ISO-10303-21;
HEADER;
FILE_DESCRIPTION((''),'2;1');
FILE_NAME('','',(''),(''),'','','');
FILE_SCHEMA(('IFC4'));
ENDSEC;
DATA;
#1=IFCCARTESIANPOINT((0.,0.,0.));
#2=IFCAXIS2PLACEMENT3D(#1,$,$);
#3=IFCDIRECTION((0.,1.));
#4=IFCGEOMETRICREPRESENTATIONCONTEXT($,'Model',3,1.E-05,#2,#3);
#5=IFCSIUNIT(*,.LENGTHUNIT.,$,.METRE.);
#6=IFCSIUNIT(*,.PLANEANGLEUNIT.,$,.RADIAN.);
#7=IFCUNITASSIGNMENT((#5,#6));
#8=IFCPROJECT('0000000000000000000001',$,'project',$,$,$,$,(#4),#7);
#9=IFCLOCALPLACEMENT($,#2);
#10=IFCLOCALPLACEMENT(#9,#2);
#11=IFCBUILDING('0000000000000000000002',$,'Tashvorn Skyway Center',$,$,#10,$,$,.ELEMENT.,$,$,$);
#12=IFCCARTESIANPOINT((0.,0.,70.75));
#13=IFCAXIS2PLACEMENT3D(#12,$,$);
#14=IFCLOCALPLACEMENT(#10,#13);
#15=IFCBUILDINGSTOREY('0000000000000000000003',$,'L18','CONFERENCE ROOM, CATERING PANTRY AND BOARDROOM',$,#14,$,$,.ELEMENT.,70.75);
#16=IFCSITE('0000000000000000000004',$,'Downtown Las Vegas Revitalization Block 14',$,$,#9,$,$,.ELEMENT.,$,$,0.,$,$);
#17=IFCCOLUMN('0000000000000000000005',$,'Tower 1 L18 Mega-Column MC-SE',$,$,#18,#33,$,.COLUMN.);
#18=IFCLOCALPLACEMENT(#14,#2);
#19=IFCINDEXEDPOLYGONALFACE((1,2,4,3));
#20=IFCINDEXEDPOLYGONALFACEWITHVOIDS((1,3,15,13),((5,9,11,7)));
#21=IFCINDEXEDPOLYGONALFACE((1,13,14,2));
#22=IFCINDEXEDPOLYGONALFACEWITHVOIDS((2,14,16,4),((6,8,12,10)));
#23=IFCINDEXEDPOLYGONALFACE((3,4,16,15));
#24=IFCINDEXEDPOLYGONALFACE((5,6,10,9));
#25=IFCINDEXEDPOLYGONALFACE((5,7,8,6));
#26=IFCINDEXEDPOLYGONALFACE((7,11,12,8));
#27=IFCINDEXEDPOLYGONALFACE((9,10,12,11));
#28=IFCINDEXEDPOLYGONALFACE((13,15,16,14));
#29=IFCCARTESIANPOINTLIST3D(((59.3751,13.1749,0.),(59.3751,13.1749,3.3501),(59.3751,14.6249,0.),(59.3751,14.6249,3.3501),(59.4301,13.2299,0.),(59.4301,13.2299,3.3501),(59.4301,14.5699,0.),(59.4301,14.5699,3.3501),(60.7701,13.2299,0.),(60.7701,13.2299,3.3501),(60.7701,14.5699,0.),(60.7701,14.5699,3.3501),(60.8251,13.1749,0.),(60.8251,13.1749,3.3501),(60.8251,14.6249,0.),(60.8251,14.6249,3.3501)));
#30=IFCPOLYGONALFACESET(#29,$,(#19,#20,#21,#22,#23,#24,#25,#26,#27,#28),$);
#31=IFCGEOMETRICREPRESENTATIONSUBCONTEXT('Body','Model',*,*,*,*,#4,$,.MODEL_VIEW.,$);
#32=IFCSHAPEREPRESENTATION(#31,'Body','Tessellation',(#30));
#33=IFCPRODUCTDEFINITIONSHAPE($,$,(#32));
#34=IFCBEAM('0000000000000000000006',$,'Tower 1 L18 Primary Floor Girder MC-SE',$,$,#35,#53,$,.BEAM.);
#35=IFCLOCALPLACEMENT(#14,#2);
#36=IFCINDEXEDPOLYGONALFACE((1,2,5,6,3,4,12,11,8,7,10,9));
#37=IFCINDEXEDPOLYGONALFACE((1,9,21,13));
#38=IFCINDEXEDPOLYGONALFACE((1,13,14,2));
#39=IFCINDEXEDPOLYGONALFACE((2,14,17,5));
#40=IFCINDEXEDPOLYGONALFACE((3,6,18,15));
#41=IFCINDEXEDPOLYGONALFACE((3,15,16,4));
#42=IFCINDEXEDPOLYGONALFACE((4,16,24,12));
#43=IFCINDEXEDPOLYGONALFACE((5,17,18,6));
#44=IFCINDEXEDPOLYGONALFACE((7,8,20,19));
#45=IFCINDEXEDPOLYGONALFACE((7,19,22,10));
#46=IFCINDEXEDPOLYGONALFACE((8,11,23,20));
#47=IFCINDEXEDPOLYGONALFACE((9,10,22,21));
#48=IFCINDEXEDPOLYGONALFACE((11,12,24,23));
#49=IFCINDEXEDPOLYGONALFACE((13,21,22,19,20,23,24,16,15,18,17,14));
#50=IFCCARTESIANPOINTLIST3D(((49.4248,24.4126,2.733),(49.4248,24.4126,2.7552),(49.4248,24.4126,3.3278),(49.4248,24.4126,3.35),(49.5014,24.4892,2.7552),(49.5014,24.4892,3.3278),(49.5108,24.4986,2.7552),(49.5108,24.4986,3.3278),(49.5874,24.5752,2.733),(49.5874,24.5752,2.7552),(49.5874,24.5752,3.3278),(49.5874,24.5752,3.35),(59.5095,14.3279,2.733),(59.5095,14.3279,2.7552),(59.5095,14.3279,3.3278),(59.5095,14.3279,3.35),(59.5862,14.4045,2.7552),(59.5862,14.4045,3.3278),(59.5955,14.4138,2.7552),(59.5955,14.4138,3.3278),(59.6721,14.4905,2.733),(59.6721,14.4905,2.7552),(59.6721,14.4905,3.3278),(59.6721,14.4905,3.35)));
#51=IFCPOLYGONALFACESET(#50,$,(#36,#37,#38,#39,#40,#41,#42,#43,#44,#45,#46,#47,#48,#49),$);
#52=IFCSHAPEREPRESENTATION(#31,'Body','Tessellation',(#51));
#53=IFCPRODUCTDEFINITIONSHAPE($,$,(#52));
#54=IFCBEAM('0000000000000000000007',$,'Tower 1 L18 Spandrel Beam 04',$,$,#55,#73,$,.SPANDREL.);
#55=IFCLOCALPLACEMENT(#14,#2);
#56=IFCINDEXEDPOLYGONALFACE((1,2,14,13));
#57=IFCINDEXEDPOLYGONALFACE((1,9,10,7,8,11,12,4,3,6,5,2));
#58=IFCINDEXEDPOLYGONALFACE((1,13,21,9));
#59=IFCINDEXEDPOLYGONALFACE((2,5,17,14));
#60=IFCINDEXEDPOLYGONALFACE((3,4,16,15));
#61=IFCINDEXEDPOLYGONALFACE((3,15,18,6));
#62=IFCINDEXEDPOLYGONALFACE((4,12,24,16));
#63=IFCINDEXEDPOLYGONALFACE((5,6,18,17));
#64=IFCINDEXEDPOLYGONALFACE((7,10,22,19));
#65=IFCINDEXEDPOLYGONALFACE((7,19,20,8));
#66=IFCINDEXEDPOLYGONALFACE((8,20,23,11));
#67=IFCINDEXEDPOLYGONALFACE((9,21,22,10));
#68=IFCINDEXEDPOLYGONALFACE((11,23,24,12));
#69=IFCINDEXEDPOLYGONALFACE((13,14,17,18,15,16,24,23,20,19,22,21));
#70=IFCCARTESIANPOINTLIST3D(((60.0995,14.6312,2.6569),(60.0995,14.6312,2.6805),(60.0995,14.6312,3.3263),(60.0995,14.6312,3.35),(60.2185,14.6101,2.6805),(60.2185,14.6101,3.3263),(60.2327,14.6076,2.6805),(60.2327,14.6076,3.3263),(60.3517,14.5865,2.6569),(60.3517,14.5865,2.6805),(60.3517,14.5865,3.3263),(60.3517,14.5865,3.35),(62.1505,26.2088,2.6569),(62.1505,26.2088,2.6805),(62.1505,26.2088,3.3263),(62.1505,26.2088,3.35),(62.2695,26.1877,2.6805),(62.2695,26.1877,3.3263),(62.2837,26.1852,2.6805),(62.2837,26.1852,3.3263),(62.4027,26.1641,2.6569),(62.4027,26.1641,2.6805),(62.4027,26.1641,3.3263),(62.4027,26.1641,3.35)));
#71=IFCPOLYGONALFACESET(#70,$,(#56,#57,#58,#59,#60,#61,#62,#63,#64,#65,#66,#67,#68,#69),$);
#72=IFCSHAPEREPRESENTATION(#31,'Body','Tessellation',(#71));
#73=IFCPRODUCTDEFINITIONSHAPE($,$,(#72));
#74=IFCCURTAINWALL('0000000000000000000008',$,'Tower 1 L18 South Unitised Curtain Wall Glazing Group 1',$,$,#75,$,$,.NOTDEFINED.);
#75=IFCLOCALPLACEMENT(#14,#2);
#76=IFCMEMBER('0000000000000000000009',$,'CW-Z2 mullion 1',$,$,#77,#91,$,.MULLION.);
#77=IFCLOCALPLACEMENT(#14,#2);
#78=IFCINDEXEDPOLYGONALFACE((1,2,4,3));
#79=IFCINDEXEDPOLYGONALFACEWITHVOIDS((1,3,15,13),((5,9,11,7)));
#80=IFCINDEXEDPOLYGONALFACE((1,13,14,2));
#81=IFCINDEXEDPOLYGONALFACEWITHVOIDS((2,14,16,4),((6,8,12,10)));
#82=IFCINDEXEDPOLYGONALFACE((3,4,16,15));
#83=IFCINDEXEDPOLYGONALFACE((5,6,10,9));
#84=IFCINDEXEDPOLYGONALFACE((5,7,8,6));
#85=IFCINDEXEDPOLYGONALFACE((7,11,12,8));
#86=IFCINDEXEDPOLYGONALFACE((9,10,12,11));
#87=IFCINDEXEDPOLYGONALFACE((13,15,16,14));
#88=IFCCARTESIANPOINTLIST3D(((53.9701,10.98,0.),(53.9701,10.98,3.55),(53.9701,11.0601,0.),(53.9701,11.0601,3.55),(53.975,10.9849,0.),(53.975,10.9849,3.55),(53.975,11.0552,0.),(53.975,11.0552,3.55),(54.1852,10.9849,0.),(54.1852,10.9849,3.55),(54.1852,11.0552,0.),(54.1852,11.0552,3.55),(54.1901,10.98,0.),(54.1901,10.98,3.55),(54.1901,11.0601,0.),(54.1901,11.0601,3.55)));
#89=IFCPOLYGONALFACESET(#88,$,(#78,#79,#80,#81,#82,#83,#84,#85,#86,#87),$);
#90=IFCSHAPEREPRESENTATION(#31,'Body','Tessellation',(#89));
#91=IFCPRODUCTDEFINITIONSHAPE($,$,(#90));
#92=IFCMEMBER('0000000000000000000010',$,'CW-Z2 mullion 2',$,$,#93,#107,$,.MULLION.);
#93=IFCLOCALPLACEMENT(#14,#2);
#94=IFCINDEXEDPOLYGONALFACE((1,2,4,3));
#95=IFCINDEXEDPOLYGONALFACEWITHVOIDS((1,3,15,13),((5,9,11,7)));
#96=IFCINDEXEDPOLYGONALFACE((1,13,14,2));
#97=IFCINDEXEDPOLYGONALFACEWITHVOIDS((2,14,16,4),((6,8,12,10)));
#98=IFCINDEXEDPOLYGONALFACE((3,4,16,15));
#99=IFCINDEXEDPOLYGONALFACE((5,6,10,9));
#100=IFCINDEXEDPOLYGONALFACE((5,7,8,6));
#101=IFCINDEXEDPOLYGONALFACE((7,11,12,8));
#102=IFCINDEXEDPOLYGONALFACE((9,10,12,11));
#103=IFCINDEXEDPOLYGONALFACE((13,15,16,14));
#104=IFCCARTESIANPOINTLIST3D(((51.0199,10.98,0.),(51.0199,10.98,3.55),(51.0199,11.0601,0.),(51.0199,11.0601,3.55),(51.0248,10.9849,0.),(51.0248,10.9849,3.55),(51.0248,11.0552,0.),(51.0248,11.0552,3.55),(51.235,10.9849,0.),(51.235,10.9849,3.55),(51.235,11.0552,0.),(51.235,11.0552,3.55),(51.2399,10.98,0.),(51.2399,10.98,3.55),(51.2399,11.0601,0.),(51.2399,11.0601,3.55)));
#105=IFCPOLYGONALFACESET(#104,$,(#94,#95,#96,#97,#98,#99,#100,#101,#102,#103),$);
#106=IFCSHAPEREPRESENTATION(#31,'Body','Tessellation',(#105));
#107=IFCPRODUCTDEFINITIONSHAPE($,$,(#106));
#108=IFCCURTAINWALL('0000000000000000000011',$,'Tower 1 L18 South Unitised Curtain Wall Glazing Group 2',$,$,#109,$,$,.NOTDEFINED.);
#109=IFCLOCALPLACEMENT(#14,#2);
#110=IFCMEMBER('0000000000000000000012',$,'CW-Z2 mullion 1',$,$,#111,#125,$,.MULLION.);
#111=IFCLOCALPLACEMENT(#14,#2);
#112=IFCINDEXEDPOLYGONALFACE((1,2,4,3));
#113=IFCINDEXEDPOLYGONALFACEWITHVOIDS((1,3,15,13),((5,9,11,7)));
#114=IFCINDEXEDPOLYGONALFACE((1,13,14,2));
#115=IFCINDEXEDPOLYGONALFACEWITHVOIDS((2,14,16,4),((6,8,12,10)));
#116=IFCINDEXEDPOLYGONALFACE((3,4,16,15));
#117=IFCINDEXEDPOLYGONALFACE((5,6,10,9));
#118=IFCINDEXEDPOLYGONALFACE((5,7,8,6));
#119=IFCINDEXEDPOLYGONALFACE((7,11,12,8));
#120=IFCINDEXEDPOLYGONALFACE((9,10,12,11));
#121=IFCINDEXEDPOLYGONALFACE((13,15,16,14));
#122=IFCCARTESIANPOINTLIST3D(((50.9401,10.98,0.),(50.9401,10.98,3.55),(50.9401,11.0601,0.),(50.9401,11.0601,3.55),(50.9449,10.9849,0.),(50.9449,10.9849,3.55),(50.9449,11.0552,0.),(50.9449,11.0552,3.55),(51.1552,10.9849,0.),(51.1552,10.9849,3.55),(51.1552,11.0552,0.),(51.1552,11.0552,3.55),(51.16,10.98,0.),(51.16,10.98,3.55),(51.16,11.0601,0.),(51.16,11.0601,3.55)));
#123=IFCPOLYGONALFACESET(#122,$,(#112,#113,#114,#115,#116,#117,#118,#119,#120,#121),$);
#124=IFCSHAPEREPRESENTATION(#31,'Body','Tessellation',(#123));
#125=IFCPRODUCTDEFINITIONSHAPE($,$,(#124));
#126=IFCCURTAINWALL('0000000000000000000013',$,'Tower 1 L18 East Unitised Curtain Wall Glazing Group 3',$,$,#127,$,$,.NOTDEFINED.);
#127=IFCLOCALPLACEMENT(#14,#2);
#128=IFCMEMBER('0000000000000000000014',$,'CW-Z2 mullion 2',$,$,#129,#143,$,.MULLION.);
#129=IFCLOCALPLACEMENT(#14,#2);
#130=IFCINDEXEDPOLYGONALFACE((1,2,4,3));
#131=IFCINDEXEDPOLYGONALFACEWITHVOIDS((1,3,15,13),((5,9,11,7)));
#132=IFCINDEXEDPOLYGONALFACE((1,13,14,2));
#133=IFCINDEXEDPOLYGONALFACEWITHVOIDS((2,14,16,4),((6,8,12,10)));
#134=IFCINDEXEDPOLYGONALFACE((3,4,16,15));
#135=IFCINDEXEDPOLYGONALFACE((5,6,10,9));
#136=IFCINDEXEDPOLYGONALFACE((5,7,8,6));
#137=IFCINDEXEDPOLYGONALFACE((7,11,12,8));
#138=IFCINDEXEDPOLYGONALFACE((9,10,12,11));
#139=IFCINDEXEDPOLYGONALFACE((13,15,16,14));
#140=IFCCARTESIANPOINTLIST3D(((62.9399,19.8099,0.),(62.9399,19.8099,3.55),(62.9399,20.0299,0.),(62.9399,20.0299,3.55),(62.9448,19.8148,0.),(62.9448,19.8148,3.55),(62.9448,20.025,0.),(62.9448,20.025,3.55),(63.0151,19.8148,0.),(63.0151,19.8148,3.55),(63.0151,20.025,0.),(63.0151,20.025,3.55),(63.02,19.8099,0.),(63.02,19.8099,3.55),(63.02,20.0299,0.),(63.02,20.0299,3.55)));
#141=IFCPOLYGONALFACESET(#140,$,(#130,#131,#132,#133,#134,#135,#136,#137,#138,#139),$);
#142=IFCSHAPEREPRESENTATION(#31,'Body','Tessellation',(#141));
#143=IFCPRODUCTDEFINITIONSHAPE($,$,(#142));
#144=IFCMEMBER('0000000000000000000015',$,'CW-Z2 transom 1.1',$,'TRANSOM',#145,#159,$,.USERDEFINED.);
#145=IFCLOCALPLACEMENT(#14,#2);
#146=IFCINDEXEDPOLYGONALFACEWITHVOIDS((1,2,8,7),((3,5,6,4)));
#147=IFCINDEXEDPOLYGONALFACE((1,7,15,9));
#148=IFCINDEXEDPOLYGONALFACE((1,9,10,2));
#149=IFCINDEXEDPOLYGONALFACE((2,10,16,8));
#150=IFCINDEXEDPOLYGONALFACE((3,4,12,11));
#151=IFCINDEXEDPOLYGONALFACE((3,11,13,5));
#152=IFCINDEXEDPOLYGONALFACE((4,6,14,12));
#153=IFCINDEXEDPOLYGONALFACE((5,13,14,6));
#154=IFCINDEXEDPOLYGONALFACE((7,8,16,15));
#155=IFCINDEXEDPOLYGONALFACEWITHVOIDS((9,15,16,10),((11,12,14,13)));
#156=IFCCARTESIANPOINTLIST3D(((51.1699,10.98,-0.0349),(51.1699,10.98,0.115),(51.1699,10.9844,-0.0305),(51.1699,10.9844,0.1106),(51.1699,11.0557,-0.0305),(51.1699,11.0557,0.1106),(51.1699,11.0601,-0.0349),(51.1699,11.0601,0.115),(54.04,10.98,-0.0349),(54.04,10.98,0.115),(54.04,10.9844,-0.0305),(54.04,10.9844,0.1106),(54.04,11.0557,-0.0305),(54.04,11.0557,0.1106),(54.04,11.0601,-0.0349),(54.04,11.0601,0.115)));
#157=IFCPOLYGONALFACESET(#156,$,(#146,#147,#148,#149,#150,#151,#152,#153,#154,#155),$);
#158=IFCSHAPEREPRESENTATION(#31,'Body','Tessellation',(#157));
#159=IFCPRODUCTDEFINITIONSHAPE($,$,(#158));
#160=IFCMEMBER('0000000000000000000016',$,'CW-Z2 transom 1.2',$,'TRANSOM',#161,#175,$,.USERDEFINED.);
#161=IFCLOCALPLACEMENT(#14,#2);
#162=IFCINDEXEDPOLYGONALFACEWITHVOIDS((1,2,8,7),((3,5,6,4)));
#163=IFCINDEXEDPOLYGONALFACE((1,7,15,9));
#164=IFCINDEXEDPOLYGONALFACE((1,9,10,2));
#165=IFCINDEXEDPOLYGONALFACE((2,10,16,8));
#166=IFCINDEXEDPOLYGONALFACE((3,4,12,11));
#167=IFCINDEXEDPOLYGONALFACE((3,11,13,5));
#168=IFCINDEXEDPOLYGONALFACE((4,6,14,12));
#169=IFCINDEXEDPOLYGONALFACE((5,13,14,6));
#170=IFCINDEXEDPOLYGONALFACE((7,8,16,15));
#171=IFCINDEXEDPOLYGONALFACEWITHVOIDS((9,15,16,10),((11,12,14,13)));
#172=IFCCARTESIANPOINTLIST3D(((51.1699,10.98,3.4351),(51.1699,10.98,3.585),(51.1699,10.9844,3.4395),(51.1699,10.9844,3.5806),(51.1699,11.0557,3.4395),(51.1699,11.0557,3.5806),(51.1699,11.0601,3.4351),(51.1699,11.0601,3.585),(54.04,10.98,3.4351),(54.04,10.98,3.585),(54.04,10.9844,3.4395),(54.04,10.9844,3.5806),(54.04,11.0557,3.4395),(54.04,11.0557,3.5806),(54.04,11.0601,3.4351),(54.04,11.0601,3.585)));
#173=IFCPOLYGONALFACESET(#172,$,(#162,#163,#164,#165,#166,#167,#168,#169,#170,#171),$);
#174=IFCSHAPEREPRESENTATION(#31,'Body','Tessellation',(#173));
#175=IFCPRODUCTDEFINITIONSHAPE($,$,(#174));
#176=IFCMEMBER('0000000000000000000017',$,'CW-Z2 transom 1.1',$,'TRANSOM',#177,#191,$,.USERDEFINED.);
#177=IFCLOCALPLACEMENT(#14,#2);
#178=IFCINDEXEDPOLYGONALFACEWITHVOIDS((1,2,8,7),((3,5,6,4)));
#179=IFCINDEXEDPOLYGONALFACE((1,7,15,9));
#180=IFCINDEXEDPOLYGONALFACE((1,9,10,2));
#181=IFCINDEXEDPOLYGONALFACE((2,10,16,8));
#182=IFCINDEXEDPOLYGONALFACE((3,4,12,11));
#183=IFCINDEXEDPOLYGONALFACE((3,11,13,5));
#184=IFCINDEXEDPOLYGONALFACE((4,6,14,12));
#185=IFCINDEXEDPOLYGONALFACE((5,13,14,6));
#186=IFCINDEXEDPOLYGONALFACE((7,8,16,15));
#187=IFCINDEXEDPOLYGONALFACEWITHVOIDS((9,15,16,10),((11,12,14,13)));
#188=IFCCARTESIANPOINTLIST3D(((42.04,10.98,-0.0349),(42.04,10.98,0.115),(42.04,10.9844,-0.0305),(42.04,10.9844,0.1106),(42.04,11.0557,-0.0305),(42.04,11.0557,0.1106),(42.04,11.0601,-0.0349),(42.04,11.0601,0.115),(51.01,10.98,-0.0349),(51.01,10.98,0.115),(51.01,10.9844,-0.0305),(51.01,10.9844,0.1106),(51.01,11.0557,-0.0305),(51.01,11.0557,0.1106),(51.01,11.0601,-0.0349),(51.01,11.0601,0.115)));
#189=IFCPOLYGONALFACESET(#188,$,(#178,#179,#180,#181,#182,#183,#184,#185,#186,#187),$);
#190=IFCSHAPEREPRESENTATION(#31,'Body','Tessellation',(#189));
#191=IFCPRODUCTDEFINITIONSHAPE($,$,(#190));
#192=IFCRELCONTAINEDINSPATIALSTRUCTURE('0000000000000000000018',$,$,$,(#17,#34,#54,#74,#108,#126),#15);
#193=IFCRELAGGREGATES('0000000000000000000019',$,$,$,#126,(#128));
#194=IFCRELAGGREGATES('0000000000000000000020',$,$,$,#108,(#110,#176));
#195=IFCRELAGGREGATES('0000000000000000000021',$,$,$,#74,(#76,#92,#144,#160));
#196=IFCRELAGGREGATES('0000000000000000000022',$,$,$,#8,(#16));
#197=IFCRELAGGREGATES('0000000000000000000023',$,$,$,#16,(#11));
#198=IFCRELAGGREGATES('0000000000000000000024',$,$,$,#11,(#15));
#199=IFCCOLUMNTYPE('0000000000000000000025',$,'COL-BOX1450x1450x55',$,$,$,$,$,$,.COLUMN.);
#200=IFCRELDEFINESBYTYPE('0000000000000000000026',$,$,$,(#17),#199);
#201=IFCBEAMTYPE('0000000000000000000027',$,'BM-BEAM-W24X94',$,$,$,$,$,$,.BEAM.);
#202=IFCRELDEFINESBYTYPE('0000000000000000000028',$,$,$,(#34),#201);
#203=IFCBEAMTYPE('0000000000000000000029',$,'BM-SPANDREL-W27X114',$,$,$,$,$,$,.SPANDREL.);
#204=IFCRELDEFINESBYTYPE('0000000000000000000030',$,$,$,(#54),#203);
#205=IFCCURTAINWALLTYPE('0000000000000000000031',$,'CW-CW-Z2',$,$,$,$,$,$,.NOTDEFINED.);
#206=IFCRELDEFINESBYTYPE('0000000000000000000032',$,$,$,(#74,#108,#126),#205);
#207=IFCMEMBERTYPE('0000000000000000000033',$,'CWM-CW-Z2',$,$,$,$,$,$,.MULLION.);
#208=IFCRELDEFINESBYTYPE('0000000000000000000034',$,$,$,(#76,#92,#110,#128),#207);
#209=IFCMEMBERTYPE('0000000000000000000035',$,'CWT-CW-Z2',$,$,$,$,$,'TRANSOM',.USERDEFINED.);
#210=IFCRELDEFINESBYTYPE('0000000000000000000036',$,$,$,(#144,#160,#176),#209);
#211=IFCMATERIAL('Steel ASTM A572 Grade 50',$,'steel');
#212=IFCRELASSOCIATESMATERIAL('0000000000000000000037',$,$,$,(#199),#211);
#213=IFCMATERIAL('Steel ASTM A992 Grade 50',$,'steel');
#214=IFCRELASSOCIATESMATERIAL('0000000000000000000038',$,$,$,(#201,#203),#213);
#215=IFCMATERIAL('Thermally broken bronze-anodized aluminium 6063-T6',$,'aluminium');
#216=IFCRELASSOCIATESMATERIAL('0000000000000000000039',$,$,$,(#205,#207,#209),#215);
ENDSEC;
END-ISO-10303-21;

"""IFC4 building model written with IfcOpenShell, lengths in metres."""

from ifc_helpers import new_model, si_unit, direction, frame, origin, origin_2d, place, context, subcontext, project, spatial, hollow_rectangle, i_section, extrude, material, material_profile, profile_set, type_object, element, aggregate, save


model = new_model("IFC4")

# Units and contexts
model_context = context("Model", 3, precision=1e-05, world=origin(), true_north=direction((0.0, 1.0)))
body_context = subcontext(model_context, "Body", "Model", "MODEL_VIEW")
ifc_project = project(units=[si_unit("LENGTHUNIT", "METRE"), si_unit("PLANEANGLEUNIT", "RADIAN")], contexts=[model_context])

# Site, building, storey
site_placement = place(None, origin())
site = spatial("IfcSite", under=ifc_project, at=site_placement, Name="Downtown Las Vegas Revitalization Block 14", CompositionType="ELEMENT", RefElevation=0.0)
building_placement = place(site_placement, origin())
building = spatial("IfcBuilding", under=site, at=building_placement, Name="Tashvorn Skyway Center", CompositionType="ELEMENT")
storey_placement = place(building_placement, frame((0.0, 0.0, 70.75)))
storey = spatial("IfcBuildingStorey", under=building, at=storey_placement, Name="L18", Description="CONFERENCE ROOM, CATERING PANTRY AND BOARDROOM", CompositionType="ELEMENT", Elevation=70.75)

# Column
ifc_material_1 = material(Name="Steel ASTM A572 Grade 50", Category="steel")
ifc_material_profile_1 = material_profile(ifc_material_1, hollow_rectangle(XDim=1.45, YDim=1.45, WallThickness=0.0549, at=origin_2d()), Name="BOX1450x1450x55")
ifc_profile_set_1 = profile_set([ifc_material_profile_1], Name="Steel ASTM A572 Grade 50")
column_type = type_object("IfcColumnType", Name="COL-BOX1450x1450x55", PredefinedType="COLUMN", material=ifc_profile_set_1)
column_placement = place(storey_placement, frame((60.1001, 13.8999, 0.0), z_axis=(0.0, 0.0, 1.0), x_axis=(1.0, 0.0, 0.0)))
element("IfcColumn", 1, at=column_placement, inside=storey, type_object=column_type, Name="Tower 1 L18 Mega-Column MC-SE", PredefinedType="COLUMN", context=body_context, shape_type="SweptSolid", body=[
    extrude(hollow_rectangle(XDim=1.45, YDim=1.45, WallThickness=0.0549, at=origin_2d()), origin(), (0.0, 0.0, 1.0), 3.3501),
])

# Beams
ifc_material_2 = material(Name="Steel ASTM A992 Grade 50", Category="steel")
ifc_material_profile_2 = material_profile(ifc_material_2, i_section(OverallWidth=0.23, OverallDepth=0.6169, WebThickness=0.0132, FlangeThickness=0.0222, at=origin_2d()), Name="W24X94")
ifc_profile_set_2 = profile_set([ifc_material_profile_2], Name="Steel ASTM A992 Grade 50")
beam_type_1 = type_object("IfcBeamType", Name="BM-BEAM-W24X94", PredefinedType="BEAM", material=ifc_profile_set_2)
beam_1_placement = place(storey_placement, frame((59.5908, 14.4092, 3.0415), z_axis=(-0.707107, 0.707107, 0.0), x_axis=(-0.707107, -0.707107, 0.0)))
element("IfcBeam", 2, at=beam_1_placement, inside=storey, type_object=beam_type_1, Name="Tower 1 L18 Primary Floor Girder MC-SE", PredefinedType="BEAM", context=body_context, shape_type="SweptSolid", body=[
    extrude(i_section(OverallWidth=0.23, OverallDepth=0.6169, WebThickness=0.0132, FlangeThickness=0.0222, at=origin_2d()), origin(), (0.0, 0.0, 1.0), 14.262),
])
ifc_material_profile_3 = material_profile(ifc_material_2, i_section(OverallWidth=0.2561, OverallDepth=0.6931, WebThickness=0.0144, FlangeThickness=0.0237, at=origin_2d()), Name="W27X114")
ifc_profile_set_3 = profile_set([ifc_material_profile_3], Name="Steel ASTM A992 Grade 50")
beam_type_2 = type_object("IfcBeamType", Name="BM-SPANDREL-W27X114", PredefinedType="SPANDREL", material=ifc_profile_set_3)
beam_2_placement = place(storey_placement, frame((60.2256, 14.6089, 3.0034), z_axis=(0.174438, 0.984668, 0.0), x_axis=(-0.984668, 0.174438, 0.0)))
element("IfcBeam", 3, at=beam_2_placement, inside=storey, type_object=beam_type_2, Name="Tower 1 L18 Spandrel Beam 04", PredefinedType="SPANDREL", context=body_context, shape_type="SweptSolid", body=[
    extrude(i_section(OverallWidth=0.2561, OverallDepth=0.6931, WebThickness=0.0144, FlangeThickness=0.0237, at=origin_2d()), origin(), (0.0, 0.0, 1.0), 11.7578),
])

# Curtain wall, members
ifc_material_3 = material(Name="Thermally broken bronze-anodized aluminium 6063-T6", Category="aluminium")
curtain_wall_type = type_object("IfcCurtainWallType", Name="CW-CW-Z2", PredefinedType="NOTDEFINED", material=ifc_material_3)
curtain_wall_1_placement = place(storey_placement, origin())
curtain_wall_1 = element("IfcCurtainWall", 4, at=curtain_wall_1_placement, inside=storey, type_object=curtain_wall_type, Name="Tower 1 L18 South Unitised Curtain Wall Glazing Group 1", PredefinedType="NOTDEFINED")
ifc_material_profile_4 = material_profile(ifc_material_3, hollow_rectangle(XDim=0.0801, YDim=0.22, WallThickness=0.0049, at=origin_2d()), Name="ALU-MULL-80x220")
ifc_profile_set_4 = profile_set([ifc_material_profile_4], Name="Thermally broken bronze-anodized aluminium 6063-T6")
member_type_1 = type_object("IfcMemberType", Name="CWM-CW-Z2", PredefinedType="MULLION", material=ifc_profile_set_4)
member_1_placement = place(storey_placement, frame((54.0801, 11.02, 0.0), z_axis=(0.0, 0.0, 1.0), x_axis=(0.0, -1.0, 0.0)))
member_1 = element("IfcMember", 5, at=member_1_placement, type_object=member_type_1, Name="CW-Z2 mullion 1", PredefinedType="MULLION", context=body_context, shape_type="SweptSolid", body=[
    extrude(hollow_rectangle(XDim=0.0801, YDim=0.22, WallThickness=0.0049, at=origin_2d()), origin(), (0.0, 0.0, 1.0), 3.55),
])
member_2_placement = place(storey_placement, frame((51.1299, 11.02, 0.0), z_axis=(0.0, 0.0, 1.0), x_axis=(0.0, -1.0, 0.0)))
member_2 = element("IfcMember", 6, at=member_2_placement, type_object=member_type_1, Name="CW-Z2 mullion 2", PredefinedType="MULLION", context=body_context, shape_type="SweptSolid", body=[
    extrude(hollow_rectangle(XDim=0.0801, YDim=0.22, WallThickness=0.0049, at=origin_2d()), origin(), (0.0, 0.0, 1.0), 3.55),
])

# Curtain walls, members
curtain_wall_2_placement = place(storey_placement, origin())
curtain_wall_2 = element("IfcCurtainWall", 7, at=curtain_wall_2_placement, inside=storey, type_object=curtain_wall_type, Name="Tower 1 L18 South Unitised Curtain Wall Glazing Group 2", PredefinedType="NOTDEFINED")
member_3_placement = place(storey_placement, frame((51.05, 11.02, 0.0), z_axis=(0.0, 0.0, 1.0), x_axis=(0.0, -1.0, 0.0)))
member_3 = element("IfcMember", 8, at=member_3_placement, type_object=member_type_1, Name="CW-Z2 mullion 1", PredefinedType="MULLION", context=body_context, shape_type="SweptSolid", body=[
    extrude(hollow_rectangle(XDim=0.0801, YDim=0.22, WallThickness=0.0049, at=origin_2d()), origin(), (0.0, 0.0, 1.0), 3.55),
])
curtain_wall_3_placement = place(storey_placement, origin())
curtain_wall_3 = element("IfcCurtainWall", 9, at=curtain_wall_3_placement, inside=storey, type_object=curtain_wall_type, Name="Tower 1 L18 East Unitised Curtain Wall Glazing Group 3", PredefinedType="NOTDEFINED")
member_4_placement = place(storey_placement, frame((62.98, 19.9199, 0.0), z_axis=(0.0, 0.0, 1.0), x_axis=(1.0, 0.0, 0.0)))
member_4 = element("IfcMember", 10, at=member_4_placement, type_object=member_type_1, Name="CW-Z2 mullion 2", PredefinedType="MULLION", context=body_context, shape_type="SweptSolid", body=[
    extrude(hollow_rectangle(XDim=0.0801, YDim=0.22, WallThickness=0.0049, at=origin_2d()), origin(), (0.0, 0.0, 1.0), 3.55),
])
aggregate(curtain_wall_3, [member_4])

# Members
ifc_material_profile_5 = material_profile(ifc_material_3, hollow_rectangle(XDim=0.0801, YDim=0.1499, WallThickness=0.0044, at=origin_2d()), Name="ALU-TRAN-80x150")
ifc_profile_set_5 = profile_set([ifc_material_profile_5], Name="Thermally broken bronze-anodized aluminium 6063-T6")
member_type_2 = type_object("IfcMemberType", Name="CWT-CW-Z2", ElementType="TRANSOM", PredefinedType="USERDEFINED", material=ifc_profile_set_5)
member_5_placement = place(storey_placement, frame((54.04, 11.02, 0.04), z_axis=(-1.0, 0.0, 0.0), x_axis=(0.0, -1.0, 0.0)))
member_5 = element("IfcMember", 11, at=member_5_placement, type_object=member_type_2, Name="CW-Z2 transom 1.1", ObjectType="TRANSOM", PredefinedType="USERDEFINED", context=body_context, shape_type="SweptSolid", body=[
    extrude(hollow_rectangle(XDim=0.0801, YDim=0.1499, WallThickness=0.0044, at=origin_2d()), origin(), (0.0, 0.0, 1.0), 2.8701),
])
member_6_placement = place(storey_placement, frame((54.04, 11.02, 3.51), z_axis=(-1.0, 0.0, 0.0), x_axis=(0.0, -1.0, 0.0)))
member_6 = element("IfcMember", 12, at=member_6_placement, type_object=member_type_2, Name="CW-Z2 transom 1.2", ObjectType="TRANSOM", PredefinedType="USERDEFINED", context=body_context, shape_type="SweptSolid", body=[
    extrude(hollow_rectangle(XDim=0.0801, YDim=0.1499, WallThickness=0.0044, at=origin_2d()), origin(), (0.0, 0.0, 1.0), 2.8701),
])
member_7_placement = place(storey_placement, frame((51.01, 11.02, 0.04), z_axis=(-1.0, 0.0, 0.0), x_axis=(0.0, -1.0, 0.0)))
member_7 = element("IfcMember", 13, at=member_7_placement, type_object=member_type_2, Name="CW-Z2 transom 1.1", ObjectType="TRANSOM", PredefinedType="USERDEFINED", context=body_context, shape_type="SweptSolid", body=[
    extrude(hollow_rectangle(XDim=0.0801, YDim=0.1499, WallThickness=0.0044, at=origin_2d()), origin(), (0.0, 0.0, 1.0), 8.97),
])
aggregate(curtain_wall_2, [member_3, member_7])

aggregate(curtain_wall_1, [member_1, member_2, member_5, member_6])

save(model, "model.ifc")
